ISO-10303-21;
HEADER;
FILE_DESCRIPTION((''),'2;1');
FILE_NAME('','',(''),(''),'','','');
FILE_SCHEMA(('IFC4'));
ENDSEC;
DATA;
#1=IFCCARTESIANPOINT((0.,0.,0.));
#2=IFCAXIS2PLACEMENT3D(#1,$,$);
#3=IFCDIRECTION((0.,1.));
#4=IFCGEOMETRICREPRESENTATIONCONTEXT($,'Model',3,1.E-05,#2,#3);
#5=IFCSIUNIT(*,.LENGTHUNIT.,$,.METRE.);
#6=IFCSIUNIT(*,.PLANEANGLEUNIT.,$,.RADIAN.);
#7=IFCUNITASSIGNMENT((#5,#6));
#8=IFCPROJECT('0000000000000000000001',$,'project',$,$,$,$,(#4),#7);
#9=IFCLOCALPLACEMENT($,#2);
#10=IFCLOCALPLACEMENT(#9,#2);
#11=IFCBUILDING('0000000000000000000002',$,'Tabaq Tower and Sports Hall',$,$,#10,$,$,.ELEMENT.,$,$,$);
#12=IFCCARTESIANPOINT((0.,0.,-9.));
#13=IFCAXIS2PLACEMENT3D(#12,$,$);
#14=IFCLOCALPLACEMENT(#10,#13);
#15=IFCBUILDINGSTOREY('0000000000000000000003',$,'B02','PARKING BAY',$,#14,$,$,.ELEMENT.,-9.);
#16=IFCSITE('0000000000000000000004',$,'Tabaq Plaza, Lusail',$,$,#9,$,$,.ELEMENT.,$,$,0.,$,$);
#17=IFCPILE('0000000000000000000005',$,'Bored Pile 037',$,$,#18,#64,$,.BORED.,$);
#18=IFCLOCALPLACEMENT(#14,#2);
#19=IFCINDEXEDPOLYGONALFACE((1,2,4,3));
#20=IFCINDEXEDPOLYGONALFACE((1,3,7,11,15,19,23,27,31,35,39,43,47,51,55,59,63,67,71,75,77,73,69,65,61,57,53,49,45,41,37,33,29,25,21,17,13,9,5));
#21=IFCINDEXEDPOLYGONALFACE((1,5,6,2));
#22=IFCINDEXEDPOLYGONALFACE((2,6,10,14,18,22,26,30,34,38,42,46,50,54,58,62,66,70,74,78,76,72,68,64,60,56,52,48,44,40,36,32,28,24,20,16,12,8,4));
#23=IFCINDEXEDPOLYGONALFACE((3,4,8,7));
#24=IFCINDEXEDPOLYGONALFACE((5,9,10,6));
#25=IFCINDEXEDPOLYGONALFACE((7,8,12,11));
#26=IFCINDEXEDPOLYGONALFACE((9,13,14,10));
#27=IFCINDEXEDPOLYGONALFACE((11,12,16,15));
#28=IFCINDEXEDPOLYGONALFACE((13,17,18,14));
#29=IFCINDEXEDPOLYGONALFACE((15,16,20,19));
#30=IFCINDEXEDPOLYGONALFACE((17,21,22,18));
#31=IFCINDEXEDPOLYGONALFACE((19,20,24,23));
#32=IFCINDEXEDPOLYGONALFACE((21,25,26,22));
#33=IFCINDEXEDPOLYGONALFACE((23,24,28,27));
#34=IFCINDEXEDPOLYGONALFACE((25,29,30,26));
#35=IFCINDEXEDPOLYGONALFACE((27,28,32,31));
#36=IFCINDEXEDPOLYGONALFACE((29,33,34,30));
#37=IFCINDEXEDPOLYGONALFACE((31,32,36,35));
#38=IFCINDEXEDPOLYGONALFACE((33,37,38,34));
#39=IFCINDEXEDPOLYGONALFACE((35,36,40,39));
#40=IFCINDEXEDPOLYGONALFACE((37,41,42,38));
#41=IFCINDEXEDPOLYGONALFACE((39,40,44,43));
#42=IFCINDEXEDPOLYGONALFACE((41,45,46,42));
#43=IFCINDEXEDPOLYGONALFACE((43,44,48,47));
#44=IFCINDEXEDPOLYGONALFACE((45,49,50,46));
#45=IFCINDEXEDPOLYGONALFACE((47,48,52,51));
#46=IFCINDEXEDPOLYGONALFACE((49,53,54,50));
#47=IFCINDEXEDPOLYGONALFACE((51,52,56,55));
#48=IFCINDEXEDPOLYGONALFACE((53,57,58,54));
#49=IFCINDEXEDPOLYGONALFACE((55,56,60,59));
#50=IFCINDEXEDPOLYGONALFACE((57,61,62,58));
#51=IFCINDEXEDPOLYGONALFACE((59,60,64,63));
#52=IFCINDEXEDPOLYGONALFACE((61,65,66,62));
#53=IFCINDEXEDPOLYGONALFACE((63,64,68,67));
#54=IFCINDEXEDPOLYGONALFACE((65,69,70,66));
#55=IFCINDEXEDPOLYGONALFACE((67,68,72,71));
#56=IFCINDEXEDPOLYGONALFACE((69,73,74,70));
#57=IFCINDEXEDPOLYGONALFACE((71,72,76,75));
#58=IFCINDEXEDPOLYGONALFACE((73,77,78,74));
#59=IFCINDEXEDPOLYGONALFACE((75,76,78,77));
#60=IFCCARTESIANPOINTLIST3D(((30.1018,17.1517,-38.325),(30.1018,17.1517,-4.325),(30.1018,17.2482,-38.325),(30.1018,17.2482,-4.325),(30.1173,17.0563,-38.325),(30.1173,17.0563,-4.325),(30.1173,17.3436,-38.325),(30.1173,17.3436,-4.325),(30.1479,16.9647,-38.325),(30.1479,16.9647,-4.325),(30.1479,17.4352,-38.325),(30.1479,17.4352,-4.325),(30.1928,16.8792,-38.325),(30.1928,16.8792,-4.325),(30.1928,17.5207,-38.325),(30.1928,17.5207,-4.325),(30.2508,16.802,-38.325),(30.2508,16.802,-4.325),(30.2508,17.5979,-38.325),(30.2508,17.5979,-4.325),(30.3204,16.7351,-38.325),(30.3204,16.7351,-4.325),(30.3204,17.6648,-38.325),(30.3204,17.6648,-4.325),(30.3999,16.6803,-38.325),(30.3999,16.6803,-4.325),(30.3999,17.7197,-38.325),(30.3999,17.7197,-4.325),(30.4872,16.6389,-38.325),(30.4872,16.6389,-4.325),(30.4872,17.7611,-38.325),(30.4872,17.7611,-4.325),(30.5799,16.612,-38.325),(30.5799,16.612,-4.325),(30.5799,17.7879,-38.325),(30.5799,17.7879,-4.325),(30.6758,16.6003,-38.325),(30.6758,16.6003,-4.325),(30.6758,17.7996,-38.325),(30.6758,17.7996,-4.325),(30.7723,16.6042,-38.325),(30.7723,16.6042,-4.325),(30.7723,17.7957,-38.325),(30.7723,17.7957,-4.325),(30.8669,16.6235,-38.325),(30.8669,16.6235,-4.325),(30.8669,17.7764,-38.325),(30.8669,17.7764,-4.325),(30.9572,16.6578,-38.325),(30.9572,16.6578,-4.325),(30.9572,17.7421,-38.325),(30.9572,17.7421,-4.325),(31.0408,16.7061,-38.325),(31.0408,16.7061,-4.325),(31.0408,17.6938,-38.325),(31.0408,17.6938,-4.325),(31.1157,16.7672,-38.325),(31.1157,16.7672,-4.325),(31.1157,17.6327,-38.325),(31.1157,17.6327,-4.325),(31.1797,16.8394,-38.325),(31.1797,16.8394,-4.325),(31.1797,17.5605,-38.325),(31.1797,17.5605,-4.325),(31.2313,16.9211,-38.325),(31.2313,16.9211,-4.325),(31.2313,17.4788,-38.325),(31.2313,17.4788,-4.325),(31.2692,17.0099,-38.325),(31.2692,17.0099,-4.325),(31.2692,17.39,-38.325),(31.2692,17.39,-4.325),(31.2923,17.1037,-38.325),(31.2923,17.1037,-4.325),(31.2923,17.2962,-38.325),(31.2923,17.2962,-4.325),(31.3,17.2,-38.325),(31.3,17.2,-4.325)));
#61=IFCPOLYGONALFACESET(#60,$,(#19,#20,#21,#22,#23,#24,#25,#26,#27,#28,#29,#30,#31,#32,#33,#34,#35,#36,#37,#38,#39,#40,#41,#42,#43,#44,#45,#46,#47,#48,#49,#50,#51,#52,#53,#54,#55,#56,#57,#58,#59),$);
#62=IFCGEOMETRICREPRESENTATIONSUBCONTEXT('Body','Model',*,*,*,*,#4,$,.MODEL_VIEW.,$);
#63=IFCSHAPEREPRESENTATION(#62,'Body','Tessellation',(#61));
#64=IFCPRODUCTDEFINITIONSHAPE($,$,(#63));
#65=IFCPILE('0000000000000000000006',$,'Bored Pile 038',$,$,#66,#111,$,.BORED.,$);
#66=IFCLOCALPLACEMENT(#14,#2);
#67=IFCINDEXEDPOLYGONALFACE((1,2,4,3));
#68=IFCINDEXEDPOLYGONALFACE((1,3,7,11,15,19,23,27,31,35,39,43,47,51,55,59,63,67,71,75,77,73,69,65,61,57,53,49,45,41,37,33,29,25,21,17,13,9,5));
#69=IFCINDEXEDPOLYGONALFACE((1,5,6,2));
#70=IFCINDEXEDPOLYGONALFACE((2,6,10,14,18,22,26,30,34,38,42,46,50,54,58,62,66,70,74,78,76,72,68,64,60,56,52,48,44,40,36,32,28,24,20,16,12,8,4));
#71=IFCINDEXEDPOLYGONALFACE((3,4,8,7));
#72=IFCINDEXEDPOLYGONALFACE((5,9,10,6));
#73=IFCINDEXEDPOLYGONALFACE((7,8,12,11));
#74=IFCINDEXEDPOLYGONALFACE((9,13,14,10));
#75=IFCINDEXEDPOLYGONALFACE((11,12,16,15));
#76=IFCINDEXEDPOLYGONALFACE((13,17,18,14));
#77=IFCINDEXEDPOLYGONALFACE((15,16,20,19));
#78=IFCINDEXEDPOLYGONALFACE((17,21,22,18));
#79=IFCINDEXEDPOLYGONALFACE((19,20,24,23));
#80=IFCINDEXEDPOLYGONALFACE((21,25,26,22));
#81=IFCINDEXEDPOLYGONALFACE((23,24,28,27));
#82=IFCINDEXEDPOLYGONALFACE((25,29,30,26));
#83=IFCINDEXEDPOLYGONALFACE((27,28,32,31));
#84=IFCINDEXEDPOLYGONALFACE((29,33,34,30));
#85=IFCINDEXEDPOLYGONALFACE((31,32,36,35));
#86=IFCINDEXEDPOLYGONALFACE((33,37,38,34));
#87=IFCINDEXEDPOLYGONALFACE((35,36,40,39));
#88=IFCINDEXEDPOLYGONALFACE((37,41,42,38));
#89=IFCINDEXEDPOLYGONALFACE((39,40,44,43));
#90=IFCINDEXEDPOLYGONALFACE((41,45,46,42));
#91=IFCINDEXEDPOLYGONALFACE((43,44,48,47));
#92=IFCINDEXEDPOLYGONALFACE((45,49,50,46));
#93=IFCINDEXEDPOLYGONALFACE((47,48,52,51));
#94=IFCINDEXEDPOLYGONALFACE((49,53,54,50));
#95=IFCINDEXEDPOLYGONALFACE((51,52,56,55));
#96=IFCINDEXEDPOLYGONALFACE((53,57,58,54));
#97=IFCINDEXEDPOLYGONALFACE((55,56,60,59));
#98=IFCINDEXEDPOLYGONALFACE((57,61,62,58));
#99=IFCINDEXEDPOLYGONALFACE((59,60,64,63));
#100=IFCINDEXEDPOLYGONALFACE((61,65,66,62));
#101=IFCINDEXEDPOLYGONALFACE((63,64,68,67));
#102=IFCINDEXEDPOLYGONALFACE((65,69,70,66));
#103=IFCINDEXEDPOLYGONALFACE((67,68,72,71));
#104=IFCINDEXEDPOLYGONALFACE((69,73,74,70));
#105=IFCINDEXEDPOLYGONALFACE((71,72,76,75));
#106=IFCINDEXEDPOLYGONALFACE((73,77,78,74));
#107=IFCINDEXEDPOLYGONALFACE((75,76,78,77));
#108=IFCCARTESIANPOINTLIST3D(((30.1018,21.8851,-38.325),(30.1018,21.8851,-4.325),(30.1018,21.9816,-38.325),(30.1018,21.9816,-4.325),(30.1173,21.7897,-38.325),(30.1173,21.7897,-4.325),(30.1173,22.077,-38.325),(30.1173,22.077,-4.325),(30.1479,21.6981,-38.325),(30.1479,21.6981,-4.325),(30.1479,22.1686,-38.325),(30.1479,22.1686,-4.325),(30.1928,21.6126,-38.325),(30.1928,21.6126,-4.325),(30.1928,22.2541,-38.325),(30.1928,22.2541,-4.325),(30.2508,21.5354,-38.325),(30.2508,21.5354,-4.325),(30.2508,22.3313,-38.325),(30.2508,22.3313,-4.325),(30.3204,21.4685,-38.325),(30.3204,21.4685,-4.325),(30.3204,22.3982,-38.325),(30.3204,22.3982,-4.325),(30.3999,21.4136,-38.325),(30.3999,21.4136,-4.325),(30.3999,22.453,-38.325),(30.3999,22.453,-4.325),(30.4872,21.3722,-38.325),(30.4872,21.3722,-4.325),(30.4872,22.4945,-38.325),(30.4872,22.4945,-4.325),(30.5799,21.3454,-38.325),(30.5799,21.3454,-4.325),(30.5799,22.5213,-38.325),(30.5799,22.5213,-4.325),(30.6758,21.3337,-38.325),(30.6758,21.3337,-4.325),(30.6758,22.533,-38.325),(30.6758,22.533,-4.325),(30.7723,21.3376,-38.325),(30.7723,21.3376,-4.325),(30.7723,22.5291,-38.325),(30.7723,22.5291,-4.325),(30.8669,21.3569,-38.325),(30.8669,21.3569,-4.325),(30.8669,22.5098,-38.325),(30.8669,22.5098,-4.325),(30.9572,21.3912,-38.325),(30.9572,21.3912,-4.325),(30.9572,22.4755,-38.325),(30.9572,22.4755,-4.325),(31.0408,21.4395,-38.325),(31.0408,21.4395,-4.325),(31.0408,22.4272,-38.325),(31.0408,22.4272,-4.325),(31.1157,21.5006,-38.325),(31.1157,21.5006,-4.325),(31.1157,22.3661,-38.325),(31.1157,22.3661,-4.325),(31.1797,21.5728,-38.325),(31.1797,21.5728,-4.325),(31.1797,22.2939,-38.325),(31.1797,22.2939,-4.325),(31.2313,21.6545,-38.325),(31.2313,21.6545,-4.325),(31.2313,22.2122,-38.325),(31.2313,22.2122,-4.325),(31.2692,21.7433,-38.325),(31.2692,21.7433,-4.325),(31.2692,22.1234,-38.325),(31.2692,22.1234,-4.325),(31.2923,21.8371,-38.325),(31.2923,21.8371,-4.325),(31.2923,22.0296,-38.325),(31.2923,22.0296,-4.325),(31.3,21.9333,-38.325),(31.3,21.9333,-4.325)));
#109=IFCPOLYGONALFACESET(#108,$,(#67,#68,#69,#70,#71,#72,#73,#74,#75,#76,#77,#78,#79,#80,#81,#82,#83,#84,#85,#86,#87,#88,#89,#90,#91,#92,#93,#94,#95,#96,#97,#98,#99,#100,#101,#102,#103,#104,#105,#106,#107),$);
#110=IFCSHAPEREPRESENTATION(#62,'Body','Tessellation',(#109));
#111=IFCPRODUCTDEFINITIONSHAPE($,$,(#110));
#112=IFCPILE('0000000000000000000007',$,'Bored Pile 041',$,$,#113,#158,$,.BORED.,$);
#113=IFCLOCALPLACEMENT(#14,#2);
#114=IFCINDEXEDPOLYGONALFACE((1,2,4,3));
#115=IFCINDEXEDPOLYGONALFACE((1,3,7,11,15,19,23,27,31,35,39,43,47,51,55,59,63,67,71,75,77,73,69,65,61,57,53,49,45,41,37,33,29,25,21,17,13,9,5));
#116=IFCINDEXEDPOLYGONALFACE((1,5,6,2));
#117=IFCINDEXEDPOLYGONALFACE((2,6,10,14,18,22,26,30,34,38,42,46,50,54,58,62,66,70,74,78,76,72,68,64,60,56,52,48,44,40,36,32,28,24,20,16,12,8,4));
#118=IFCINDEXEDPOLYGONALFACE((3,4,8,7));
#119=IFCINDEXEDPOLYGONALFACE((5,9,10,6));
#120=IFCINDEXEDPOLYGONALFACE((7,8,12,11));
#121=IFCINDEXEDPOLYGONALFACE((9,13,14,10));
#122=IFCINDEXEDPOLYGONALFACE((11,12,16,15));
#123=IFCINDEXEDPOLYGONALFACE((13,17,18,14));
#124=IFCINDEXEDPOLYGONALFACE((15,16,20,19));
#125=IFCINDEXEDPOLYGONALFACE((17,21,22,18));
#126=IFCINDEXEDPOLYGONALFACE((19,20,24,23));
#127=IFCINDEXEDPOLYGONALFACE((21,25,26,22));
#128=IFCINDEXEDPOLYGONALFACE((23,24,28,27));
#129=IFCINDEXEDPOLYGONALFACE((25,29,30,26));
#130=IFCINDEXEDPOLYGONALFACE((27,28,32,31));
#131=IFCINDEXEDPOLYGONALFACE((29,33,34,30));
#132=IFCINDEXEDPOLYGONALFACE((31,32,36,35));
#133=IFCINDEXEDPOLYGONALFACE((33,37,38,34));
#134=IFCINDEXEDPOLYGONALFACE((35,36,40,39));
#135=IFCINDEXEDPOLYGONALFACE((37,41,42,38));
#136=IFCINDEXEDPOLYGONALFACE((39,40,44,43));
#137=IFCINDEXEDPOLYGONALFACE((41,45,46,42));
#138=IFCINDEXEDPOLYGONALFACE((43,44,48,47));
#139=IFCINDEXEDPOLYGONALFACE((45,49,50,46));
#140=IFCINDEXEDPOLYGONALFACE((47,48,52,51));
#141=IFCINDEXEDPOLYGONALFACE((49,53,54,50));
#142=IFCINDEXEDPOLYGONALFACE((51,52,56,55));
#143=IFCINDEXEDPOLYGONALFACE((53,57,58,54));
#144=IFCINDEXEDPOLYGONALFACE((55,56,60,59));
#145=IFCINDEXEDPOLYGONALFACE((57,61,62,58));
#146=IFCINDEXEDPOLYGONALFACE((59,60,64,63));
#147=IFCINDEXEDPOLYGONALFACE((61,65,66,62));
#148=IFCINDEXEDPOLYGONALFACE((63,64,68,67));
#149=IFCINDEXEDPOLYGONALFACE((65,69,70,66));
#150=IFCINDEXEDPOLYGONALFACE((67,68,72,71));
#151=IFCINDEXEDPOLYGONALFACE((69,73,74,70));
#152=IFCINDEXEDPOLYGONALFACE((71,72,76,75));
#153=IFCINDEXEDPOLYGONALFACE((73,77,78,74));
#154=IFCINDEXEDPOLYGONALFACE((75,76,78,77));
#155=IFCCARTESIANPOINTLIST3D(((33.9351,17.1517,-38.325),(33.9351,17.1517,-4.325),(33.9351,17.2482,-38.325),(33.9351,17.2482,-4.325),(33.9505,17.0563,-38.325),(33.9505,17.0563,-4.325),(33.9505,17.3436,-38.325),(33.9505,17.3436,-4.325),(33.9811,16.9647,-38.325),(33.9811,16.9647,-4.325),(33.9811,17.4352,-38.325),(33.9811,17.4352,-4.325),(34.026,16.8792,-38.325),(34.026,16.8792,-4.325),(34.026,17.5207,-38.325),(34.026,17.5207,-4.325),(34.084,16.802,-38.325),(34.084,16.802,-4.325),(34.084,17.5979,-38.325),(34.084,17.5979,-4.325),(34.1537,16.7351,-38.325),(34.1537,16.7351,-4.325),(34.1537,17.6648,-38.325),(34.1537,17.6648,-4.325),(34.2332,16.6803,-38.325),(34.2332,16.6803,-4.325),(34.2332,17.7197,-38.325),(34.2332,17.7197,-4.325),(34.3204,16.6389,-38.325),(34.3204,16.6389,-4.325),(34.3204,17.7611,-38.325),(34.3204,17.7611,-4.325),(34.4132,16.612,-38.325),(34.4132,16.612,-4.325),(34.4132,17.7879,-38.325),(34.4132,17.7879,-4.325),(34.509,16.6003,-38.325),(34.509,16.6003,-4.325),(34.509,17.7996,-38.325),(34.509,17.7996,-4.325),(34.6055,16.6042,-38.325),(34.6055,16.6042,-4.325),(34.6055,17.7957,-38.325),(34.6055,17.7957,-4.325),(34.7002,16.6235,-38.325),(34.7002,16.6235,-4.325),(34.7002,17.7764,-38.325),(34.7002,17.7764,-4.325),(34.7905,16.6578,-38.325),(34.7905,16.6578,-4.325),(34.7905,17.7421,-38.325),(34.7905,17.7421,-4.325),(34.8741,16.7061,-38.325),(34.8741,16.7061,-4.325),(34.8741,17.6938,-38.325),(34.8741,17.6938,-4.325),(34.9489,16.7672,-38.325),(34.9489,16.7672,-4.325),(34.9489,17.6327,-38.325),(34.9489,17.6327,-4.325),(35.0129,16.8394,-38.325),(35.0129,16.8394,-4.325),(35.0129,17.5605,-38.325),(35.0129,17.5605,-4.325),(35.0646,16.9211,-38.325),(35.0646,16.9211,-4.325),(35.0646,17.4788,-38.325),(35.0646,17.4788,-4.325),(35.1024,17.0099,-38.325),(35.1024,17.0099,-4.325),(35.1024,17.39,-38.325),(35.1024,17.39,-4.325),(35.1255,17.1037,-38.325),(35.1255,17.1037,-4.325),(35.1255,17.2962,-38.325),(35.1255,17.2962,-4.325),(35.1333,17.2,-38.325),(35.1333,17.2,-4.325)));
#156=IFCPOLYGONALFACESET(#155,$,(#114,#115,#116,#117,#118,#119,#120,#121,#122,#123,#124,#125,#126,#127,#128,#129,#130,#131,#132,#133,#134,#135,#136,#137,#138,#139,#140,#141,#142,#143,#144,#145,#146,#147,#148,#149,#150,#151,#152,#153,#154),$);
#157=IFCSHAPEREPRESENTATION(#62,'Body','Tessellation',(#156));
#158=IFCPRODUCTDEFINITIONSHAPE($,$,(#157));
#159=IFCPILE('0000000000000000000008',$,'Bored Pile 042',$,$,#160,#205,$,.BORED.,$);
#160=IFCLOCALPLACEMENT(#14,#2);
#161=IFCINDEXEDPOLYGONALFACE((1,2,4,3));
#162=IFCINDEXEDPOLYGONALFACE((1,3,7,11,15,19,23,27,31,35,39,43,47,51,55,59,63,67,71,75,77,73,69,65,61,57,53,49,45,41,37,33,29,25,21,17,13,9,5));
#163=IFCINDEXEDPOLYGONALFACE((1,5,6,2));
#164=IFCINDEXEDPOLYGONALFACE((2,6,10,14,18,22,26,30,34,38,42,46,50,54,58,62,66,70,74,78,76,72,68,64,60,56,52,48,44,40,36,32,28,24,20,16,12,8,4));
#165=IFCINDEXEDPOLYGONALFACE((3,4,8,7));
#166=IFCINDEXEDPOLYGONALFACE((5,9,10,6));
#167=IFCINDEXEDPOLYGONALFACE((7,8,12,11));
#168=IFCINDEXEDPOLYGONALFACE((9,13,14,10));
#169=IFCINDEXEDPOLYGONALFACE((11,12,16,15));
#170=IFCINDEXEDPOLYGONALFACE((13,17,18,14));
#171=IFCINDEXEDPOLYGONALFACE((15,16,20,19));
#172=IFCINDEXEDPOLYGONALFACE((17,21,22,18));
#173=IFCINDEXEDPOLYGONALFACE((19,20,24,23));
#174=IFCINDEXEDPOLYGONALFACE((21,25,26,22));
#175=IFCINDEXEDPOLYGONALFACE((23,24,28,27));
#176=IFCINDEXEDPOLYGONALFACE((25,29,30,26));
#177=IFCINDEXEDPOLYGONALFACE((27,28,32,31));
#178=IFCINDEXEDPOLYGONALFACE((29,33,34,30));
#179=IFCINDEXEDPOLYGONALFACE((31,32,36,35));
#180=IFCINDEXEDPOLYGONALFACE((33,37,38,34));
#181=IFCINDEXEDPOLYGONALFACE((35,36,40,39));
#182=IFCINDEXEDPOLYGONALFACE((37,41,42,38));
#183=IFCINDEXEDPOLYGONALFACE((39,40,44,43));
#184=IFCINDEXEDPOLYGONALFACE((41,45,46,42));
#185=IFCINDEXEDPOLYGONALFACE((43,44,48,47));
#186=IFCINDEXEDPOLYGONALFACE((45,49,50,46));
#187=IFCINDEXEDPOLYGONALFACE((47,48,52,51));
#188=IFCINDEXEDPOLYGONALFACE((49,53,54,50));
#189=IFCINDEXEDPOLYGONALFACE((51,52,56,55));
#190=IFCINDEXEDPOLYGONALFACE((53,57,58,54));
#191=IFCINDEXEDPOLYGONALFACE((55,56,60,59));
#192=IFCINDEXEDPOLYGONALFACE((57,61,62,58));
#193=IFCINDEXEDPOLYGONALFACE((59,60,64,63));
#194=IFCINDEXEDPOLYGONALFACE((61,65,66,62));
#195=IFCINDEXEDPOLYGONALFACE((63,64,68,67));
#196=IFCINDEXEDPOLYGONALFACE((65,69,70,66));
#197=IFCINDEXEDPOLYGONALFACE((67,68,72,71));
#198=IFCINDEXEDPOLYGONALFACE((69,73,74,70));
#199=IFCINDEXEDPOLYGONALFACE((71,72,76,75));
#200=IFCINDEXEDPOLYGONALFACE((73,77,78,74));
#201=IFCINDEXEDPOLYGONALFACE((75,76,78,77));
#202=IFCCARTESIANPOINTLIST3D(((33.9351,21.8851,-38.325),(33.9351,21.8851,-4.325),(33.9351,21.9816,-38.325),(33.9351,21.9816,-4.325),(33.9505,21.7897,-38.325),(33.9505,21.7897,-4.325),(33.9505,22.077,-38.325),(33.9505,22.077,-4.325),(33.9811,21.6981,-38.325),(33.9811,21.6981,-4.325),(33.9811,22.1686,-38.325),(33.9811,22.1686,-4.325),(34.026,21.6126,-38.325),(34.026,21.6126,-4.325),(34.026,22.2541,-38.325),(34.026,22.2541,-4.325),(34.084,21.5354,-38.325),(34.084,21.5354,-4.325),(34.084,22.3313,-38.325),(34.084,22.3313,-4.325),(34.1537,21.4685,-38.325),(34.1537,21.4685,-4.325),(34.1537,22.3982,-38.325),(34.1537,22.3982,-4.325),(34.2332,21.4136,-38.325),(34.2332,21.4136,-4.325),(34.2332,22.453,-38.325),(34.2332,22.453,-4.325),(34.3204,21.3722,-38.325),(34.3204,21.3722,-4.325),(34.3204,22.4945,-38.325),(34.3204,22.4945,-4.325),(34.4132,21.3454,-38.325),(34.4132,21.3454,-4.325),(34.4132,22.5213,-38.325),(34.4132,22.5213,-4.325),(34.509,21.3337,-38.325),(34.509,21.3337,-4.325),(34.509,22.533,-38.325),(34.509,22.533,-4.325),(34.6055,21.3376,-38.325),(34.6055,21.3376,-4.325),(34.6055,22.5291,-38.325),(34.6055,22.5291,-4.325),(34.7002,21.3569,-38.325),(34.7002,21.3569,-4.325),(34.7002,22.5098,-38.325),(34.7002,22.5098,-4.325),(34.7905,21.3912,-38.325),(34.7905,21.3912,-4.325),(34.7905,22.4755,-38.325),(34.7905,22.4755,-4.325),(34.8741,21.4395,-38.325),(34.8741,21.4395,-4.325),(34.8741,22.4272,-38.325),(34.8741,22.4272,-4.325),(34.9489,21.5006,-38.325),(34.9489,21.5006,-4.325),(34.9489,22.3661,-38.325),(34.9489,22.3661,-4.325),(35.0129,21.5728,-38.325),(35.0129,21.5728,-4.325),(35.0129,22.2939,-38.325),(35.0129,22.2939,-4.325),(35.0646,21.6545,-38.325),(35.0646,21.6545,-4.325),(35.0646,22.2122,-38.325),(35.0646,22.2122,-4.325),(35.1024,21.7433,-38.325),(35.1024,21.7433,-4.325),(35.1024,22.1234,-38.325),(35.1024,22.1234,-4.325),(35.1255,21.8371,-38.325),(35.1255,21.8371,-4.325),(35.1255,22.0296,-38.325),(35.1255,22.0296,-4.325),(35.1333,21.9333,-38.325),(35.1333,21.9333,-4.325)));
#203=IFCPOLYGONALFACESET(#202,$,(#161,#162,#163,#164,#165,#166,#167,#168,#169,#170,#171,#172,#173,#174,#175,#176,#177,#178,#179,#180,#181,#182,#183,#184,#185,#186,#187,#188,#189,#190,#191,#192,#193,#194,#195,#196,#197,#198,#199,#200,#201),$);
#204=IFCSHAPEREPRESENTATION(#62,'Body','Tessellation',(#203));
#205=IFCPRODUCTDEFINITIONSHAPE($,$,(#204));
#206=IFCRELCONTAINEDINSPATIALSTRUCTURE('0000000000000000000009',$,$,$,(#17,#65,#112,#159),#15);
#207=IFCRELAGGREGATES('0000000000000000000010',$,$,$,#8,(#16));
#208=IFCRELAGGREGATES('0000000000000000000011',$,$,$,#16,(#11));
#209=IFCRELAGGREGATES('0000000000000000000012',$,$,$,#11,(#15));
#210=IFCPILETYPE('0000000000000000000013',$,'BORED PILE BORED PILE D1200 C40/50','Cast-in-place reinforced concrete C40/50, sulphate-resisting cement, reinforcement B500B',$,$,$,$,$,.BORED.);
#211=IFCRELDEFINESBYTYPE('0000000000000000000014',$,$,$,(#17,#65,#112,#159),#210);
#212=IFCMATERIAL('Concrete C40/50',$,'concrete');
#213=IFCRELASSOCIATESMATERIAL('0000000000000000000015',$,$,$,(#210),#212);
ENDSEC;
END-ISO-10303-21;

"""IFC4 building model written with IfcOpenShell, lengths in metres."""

from ifc_helpers import new_model, si_unit, direction, frame, origin, origin_2d, place, context, subcontext, project, spatial, circle, extrude, material, material_profile, profile_set, type_object, element, save


model = new_model("IFC4")

# Units and contexts
model_context = context("Model", 3, precision=1e-05, world=origin(), true_north=direction((0.0, 1.0)))
body_context = subcontext(model_context, "Body", "Model", "MODEL_VIEW")
ifc_project = project(units=[si_unit("LENGTHUNIT", "METRE"), si_unit("PLANEANGLEUNIT", "RADIAN")], contexts=[model_context])

# Site, building, storey
site_placement = place(None, origin())
site = spatial("IfcSite", under=ifc_project, at=site_placement, Name="Tabaq Plaza, Lusail", CompositionType="ELEMENT", RefElevation=0.0)
building_placement = place(site_placement, origin())
building = spatial("IfcBuilding", under=site, at=building_placement, Name="Tabaq Tower and Sports Hall", CompositionType="ELEMENT")
storey_placement = place(building_placement, frame((0.0, 0.0, -9.0)))
storey = spatial("IfcBuildingStorey", under=building, at=storey_placement, Name="B02", Description="PARKING BAY", CompositionType="ELEMENT", Elevation=-9.0)

# Piles
ifc_material_1 = material(Name="Concrete C40/50", Category="concrete")
ifc_material_profile_1 = material_profile(ifc_material_1, circle(Radius=0.6001, at=origin_2d()), Name="BORED PILE D1200")
ifc_profile_set_1 = profile_set([ifc_material_profile_1], Name="Concrete C40/50")
pile_type_1 = type_object("IfcPileType", Name="BORED PILE BORED PILE D1200 C40/50", Description="Cast-in-place reinforced concrete C40/50, sulphate-resisting cement, reinforcement B500B", PredefinedType="BORED", material=ifc_profile_set_1)
for number, where, z_axis, x_axis, name in (
    (1, (30.7, 17.2, -4.325), (0.0, 0.0, -1.0), (1.0, 0.0, 0.0), "Bored Pile 037"),
    (2, (30.7, 21.9333, -4.325), (0.0, 0.0, -1.0), (1.0, 0.0, 0.0), "Bored Pile 038"),
    (3, (34.5332, 17.2, -4.325), (0.0, 0.0, -1.0), (1.0, 0.0, 0.0), "Bored Pile 041"),
    (4, (34.5332, 21.9333, -4.325), (0.0, 0.0, -1.0), (1.0, 0.0, 0.0), "Bored Pile 042"),
):
    element("IfcPile", number, at=place(storey_placement, frame(where, z_axis=z_axis, x_axis=x_axis)), inside=storey, type_object=pile_type_1, Name=name, PredefinedType="BORED", context=body_context, shape_type="SweptSolid", body=[
        extrude(circle(Radius=0.6001, at=origin_2d()), origin(), (0.0, 0.0, 1.0), 34.0),
    ])

save(model, "model.ifc")
